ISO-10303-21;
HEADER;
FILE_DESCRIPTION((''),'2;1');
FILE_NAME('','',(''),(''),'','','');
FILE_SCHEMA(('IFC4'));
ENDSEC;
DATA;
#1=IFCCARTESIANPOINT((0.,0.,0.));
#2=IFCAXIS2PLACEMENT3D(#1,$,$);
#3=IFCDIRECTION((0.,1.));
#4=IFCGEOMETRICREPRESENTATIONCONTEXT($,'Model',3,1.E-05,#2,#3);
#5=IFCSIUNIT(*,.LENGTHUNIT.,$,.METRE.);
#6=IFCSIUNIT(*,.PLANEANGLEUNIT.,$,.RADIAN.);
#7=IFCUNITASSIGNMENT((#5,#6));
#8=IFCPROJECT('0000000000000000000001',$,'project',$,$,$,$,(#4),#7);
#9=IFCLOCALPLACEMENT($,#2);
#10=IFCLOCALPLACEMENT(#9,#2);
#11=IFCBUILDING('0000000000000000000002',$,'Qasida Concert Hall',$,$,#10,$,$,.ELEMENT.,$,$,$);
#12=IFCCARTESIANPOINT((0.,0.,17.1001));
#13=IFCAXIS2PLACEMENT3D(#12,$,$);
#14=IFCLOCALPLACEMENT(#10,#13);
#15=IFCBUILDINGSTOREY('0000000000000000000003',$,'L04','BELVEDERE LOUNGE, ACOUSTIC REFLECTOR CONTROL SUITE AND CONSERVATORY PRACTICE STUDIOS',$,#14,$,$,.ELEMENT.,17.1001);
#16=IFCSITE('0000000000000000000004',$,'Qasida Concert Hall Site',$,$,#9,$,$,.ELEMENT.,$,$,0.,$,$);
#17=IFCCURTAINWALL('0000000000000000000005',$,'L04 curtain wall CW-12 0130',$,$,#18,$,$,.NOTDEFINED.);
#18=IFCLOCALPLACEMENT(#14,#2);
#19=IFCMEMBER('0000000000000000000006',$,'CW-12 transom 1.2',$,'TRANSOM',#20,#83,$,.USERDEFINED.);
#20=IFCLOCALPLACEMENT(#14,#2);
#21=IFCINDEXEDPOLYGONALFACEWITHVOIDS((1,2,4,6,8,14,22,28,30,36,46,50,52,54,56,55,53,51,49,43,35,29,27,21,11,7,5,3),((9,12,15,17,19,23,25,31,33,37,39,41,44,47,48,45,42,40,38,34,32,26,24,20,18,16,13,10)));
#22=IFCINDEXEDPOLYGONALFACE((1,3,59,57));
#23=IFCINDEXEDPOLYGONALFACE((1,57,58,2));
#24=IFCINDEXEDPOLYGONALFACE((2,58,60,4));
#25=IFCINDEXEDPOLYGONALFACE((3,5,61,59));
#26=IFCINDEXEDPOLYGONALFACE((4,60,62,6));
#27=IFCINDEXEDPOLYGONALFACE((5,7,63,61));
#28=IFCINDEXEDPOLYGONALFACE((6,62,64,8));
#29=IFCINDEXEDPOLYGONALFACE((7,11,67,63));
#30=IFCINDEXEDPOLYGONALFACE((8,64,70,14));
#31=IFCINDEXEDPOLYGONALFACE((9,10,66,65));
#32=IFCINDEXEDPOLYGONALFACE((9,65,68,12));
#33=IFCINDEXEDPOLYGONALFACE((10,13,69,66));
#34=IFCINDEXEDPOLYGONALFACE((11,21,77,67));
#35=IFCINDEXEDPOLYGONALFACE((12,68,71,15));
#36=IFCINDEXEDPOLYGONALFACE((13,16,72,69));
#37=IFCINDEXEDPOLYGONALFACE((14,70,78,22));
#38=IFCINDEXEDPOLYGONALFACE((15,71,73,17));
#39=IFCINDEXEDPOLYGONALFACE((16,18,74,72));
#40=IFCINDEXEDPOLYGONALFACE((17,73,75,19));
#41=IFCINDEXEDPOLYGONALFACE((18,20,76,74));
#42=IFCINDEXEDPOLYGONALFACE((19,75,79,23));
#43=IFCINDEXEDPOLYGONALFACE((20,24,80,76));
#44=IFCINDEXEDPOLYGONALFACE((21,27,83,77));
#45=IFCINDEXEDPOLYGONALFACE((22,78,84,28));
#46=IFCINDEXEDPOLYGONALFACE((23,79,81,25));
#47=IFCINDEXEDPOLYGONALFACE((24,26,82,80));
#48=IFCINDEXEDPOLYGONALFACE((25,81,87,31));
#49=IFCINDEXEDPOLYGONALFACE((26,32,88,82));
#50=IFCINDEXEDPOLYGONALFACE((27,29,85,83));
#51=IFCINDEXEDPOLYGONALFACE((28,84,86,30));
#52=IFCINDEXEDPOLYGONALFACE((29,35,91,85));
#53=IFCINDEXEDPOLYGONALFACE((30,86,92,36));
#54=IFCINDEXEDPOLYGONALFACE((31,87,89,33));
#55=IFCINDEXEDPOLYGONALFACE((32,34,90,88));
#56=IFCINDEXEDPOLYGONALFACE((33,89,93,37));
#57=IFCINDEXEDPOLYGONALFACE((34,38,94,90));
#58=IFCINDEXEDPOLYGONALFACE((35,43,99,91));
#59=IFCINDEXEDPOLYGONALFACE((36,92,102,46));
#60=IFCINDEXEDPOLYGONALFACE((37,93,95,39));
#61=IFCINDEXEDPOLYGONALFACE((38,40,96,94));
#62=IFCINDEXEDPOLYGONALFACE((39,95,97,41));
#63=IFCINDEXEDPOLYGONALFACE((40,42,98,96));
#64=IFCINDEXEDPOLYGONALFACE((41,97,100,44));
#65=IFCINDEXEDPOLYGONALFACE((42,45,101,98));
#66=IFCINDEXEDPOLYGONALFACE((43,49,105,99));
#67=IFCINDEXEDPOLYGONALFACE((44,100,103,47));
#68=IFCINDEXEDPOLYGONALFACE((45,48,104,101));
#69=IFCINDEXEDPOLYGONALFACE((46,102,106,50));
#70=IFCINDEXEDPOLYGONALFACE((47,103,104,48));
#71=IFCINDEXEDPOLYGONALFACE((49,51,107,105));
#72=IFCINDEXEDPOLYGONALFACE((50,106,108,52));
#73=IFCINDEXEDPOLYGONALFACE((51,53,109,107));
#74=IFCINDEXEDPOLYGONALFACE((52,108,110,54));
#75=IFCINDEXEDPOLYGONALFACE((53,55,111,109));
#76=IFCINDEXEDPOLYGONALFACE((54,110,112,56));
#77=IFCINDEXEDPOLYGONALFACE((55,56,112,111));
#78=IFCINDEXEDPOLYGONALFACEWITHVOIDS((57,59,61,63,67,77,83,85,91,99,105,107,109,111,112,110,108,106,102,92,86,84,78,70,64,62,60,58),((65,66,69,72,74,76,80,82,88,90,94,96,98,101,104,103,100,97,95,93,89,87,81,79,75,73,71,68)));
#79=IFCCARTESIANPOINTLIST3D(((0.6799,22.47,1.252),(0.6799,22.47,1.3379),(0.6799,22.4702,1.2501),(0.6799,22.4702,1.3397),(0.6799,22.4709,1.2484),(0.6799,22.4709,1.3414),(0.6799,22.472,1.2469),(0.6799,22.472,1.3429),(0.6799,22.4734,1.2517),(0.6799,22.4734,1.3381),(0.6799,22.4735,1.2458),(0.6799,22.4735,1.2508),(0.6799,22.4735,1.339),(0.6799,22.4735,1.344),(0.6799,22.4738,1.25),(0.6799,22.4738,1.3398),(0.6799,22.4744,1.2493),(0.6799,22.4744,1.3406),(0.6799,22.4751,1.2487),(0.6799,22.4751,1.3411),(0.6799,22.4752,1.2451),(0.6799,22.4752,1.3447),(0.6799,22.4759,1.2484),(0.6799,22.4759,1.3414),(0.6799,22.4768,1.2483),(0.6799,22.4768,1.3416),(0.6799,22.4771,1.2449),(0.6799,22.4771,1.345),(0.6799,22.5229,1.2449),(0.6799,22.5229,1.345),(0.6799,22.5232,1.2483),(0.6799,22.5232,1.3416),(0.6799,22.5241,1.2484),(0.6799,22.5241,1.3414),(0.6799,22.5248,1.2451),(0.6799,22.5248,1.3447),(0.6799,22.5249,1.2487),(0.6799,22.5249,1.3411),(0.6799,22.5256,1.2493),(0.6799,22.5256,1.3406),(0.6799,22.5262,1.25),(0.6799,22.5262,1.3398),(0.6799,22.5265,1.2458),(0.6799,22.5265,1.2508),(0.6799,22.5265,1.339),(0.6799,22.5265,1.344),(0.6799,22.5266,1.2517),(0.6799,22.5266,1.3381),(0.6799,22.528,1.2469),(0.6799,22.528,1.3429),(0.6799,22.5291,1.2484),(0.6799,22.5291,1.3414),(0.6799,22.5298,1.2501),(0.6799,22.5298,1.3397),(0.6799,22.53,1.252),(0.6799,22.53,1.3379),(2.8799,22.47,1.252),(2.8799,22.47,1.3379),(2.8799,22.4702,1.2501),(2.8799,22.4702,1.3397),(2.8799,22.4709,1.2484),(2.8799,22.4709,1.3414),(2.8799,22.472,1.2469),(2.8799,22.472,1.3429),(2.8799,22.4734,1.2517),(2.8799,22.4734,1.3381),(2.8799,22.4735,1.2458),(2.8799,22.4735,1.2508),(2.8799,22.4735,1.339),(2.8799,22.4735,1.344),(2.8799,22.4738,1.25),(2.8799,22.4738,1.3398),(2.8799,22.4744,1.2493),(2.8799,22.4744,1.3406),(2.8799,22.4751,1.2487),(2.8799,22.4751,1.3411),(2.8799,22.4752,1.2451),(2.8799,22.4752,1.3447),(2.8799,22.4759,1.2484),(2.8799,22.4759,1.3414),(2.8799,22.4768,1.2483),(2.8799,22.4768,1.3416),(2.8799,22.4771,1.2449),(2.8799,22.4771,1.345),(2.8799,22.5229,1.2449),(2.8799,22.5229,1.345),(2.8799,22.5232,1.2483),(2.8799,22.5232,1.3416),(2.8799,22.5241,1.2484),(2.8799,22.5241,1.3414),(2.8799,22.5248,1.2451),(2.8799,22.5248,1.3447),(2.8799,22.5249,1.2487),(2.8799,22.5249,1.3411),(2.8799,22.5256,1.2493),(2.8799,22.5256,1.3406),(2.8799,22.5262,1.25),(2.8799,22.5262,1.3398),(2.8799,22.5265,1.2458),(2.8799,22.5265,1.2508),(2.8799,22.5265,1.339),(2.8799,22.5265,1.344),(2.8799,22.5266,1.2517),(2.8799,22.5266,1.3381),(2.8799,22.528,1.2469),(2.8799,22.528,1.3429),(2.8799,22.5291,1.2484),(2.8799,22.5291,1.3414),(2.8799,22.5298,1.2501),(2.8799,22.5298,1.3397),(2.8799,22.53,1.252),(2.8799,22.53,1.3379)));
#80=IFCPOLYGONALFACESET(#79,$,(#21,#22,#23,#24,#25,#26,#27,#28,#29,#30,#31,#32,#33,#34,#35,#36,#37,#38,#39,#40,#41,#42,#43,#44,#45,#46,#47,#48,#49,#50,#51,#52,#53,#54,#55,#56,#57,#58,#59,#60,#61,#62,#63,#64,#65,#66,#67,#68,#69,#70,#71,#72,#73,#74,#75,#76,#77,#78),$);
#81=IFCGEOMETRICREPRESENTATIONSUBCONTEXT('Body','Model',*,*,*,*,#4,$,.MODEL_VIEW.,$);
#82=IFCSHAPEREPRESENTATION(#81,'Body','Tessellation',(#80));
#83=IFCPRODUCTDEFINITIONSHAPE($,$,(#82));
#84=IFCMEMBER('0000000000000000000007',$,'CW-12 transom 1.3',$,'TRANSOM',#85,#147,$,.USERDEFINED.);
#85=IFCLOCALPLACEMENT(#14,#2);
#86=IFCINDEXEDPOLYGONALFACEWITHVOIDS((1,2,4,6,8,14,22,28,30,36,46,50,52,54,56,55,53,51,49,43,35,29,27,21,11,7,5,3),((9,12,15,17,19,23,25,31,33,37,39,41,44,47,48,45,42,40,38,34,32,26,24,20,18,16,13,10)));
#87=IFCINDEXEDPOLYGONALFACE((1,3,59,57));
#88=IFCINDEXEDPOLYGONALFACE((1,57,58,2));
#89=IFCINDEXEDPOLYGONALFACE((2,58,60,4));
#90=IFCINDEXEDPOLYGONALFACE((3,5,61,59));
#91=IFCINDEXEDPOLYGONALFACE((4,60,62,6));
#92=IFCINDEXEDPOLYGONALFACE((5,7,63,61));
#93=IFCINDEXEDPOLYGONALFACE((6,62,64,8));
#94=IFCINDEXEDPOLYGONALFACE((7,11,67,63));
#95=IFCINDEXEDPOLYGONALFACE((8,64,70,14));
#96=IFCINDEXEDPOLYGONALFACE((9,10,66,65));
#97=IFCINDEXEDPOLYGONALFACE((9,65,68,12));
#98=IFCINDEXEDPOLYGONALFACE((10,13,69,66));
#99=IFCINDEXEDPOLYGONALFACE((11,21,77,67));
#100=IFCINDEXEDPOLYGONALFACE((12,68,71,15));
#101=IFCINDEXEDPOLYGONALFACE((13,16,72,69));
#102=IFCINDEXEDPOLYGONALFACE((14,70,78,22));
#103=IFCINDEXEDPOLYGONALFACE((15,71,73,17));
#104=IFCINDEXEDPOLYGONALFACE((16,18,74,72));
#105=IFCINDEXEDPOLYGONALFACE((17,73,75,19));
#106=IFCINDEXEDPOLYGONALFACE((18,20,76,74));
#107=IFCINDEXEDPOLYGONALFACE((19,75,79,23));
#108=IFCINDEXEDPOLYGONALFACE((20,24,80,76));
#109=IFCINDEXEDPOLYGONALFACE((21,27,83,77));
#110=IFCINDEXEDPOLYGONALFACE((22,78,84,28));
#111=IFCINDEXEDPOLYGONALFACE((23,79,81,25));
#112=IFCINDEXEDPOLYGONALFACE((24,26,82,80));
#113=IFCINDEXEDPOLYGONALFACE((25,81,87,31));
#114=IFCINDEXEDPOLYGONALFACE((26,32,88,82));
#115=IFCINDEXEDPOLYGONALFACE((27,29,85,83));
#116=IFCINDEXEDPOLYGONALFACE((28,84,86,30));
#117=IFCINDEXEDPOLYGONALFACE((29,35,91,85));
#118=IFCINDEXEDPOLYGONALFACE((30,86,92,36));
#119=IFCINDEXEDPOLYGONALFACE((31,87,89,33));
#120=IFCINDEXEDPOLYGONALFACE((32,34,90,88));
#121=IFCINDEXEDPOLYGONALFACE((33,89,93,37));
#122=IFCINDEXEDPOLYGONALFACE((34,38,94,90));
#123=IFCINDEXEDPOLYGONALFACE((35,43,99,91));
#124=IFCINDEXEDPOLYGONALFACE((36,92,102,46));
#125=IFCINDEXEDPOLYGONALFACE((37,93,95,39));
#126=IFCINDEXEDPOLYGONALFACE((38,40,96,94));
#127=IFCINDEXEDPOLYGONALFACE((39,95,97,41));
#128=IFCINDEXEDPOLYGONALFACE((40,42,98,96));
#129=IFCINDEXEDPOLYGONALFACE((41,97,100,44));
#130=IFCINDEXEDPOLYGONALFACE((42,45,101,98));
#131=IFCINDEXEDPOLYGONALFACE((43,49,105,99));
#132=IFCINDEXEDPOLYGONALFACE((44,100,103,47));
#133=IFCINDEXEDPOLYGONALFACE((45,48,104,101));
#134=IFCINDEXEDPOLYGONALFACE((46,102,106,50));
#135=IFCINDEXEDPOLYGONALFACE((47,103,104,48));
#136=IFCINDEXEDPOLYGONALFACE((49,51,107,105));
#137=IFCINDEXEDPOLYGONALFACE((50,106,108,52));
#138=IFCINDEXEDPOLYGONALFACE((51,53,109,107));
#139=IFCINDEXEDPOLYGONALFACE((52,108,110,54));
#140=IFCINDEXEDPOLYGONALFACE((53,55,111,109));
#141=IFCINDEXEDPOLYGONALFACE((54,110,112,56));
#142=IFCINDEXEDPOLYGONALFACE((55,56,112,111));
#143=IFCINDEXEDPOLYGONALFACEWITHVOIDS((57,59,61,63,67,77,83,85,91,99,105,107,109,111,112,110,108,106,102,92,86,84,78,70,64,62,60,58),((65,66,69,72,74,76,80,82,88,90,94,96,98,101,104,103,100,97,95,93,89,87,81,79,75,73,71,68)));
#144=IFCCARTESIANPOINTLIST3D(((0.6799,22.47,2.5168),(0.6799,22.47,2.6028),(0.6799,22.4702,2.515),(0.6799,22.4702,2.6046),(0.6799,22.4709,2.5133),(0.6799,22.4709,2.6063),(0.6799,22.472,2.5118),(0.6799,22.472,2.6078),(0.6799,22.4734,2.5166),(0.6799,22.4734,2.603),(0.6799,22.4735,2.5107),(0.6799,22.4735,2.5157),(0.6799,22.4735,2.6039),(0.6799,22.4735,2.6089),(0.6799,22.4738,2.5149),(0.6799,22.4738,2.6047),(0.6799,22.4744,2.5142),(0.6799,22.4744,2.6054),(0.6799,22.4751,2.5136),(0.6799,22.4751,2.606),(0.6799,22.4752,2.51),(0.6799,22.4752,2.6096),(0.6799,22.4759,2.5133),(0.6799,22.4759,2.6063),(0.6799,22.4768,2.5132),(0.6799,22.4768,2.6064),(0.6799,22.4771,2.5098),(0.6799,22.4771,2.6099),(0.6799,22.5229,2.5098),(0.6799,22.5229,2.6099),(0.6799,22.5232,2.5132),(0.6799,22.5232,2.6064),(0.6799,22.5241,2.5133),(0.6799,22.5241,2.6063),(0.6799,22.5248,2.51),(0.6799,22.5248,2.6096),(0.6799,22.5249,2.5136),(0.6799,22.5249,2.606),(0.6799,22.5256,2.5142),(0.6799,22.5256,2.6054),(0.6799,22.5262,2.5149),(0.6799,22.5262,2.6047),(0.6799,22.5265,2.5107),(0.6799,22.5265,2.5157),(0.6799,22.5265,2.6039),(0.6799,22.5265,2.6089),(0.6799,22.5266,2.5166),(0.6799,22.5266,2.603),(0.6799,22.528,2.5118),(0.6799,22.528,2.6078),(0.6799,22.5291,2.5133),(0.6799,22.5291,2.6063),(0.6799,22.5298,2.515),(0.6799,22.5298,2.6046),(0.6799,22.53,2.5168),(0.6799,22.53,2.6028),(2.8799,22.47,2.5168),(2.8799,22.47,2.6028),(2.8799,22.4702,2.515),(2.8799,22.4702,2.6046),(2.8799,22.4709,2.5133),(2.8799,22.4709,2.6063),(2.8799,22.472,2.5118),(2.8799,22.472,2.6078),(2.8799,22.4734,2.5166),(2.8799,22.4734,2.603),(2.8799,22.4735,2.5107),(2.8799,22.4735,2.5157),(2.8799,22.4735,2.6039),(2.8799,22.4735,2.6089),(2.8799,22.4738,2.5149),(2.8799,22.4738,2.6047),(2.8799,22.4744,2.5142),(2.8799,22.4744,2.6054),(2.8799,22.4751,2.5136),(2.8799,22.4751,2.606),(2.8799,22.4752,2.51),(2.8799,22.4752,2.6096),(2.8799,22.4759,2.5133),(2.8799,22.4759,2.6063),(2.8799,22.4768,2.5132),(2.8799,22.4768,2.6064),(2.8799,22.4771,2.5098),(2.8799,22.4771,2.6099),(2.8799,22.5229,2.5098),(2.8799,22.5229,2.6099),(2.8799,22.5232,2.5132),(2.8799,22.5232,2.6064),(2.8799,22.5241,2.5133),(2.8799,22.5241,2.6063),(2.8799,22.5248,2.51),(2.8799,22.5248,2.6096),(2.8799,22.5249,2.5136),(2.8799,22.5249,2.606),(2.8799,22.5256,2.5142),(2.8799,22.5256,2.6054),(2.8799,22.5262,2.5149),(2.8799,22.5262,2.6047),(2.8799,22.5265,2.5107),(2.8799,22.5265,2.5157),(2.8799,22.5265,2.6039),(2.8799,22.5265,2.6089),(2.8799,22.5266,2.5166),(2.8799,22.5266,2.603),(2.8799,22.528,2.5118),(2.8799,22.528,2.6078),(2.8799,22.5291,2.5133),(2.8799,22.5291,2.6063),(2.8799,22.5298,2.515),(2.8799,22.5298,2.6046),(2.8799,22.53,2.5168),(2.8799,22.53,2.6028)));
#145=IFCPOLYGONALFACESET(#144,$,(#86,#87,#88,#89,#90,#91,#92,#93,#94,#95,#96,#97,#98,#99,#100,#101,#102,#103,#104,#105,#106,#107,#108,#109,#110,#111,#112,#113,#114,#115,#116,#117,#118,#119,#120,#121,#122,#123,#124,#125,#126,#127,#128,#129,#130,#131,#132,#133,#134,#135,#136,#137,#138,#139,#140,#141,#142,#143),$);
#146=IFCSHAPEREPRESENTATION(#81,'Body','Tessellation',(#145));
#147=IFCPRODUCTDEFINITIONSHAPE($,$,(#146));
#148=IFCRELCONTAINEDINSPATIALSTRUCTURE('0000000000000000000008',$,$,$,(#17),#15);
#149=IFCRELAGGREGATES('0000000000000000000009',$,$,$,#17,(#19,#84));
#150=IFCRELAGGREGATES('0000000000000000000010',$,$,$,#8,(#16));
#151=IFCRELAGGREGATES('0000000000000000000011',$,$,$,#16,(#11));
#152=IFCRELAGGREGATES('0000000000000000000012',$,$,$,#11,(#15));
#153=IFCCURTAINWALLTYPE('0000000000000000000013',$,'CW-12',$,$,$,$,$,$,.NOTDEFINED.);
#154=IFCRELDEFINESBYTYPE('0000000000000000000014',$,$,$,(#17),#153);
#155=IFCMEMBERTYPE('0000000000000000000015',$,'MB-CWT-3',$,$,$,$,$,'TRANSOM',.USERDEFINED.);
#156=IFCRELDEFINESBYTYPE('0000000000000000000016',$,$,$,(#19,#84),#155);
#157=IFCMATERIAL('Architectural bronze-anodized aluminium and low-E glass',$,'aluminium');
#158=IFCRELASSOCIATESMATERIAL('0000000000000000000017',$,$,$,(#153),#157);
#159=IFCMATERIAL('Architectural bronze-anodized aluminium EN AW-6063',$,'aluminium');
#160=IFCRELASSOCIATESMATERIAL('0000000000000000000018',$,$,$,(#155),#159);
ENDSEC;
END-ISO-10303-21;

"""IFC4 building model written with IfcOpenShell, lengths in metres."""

from ifc_helpers import new_model, si_unit, direction, frame, origin, origin_2d, place, context, subcontext, project, spatial, hollow_rectangle, extrude, material, material_profile, profile_set, type_object, element, aggregate, save


model = new_model("IFC4")

# Units and contexts
model_context = context("Model", 3, precision=1e-05, world=origin(), true_north=direction((0.0, 1.0)))
body_context = subcontext(model_context, "Body", "Model", "MODEL_VIEW")
ifc_project = project(units=[si_unit("LENGTHUNIT", "METRE"), si_unit("PLANEANGLEUNIT", "RADIAN")], contexts=[model_context])

# Site, building, storey
site_placement = place(None, origin())
site = spatial("IfcSite", under=ifc_project, at=site_placement, Name="Qasida Concert Hall Site", CompositionType="ELEMENT", RefElevation=0.0)
building_placement = place(site_placement, origin())
building = spatial("IfcBuilding", under=site, at=building_placement, Name="Qasida Concert Hall", CompositionType="ELEMENT")
storey_placement = place(building_placement, frame((0.0, 0.0, 17.1001)))
storey = spatial("IfcBuildingStorey", under=building, at=storey_placement, Name="L04", Description="BELVEDERE LOUNGE, ACOUSTIC REFLECTOR CONTROL SUITE AND CONSERVATORY PRACTICE STUDIOS", CompositionType="ELEMENT", Elevation=17.1001)

# Curtain wall, members
ifc_material_1 = material(Name="Architectural bronze-anodized aluminium and low-E glass", Category="aluminium")
curtain_wall_type = type_object("IfcCurtainWallType", Name="CW-12", PredefinedType="NOTDEFINED", material=ifc_material_1)
curtain_wall_placement = place(storey_placement, origin())
curtain_wall = element("IfcCurtainWall", 1, at=curtain_wall_placement, inside=storey, type_object=curtain_wall_type, Name="L04 curtain wall CW-12 0130", PredefinedType="NOTDEFINED")
ifc_material_2 = material(Name="Architectural bronze-anodized aluminium EN AW-6063", Category="aluminium")
ifc_material_profile_1 = material_profile(ifc_material_2, hollow_rectangle(XDim=0.0601, YDim=0.1001, WallThickness=0.0034, InnerFilletRadius=0.0034, OuterFilletRadius=0.0071, at=origin_2d()), Name="CWT 100x60x3.5")
ifc_profile_set_1 = profile_set([ifc_material_profile_1], Name="Architectural bronze-anodized aluminium EN AW-6063")
member_type_1 = type_object("IfcMemberType", Name="MB-CWT-3", ElementType="TRANSOM", PredefinedType="USERDEFINED", material=ifc_profile_set_1)
member_1_placement = place(storey_placement, frame((0.6799, 22.5, 1.2949), z_axis=(1.0, 0.0, 0.0), x_axis=(0.0, 1.0, 0.0)))
member_1 = element("IfcMember", 2, at=member_1_placement, type_object=member_type_1, Name="CW-12 transom 1.2", ObjectType="TRANSOM", PredefinedType="USERDEFINED", context=body_context, shape_type="SweptSolid", body=[
    extrude(hollow_rectangle(XDim=0.0601, YDim=0.1001, WallThickness=0.0034, InnerFilletRadius=0.0034, OuterFilletRadius=0.0071, at=origin_2d()), origin(), (0.0, 0.0, 1.0), 2.2),
])
member_2_placement = place(storey_placement, frame((0.6799, 22.5, 2.5598), z_axis=(1.0, 0.0, 0.0), x_axis=(0.0, 1.0, 0.0)))
member_2 = element("IfcMember", 3, at=member_2_placement, type_object=member_type_1, Name="CW-12 transom 1.3", ObjectType="TRANSOM", PredefinedType="USERDEFINED", context=body_context, shape_type="SweptSolid", body=[
    extrude(hollow_rectangle(XDim=0.0601, YDim=0.1001, WallThickness=0.0034, InnerFilletRadius=0.0034, OuterFilletRadius=0.0071, at=origin_2d()), origin(), (0.0, 0.0, 1.0), 2.2),
])
aggregate(curtain_wall, [member_1, member_2])

save(model, "model.ifc")
